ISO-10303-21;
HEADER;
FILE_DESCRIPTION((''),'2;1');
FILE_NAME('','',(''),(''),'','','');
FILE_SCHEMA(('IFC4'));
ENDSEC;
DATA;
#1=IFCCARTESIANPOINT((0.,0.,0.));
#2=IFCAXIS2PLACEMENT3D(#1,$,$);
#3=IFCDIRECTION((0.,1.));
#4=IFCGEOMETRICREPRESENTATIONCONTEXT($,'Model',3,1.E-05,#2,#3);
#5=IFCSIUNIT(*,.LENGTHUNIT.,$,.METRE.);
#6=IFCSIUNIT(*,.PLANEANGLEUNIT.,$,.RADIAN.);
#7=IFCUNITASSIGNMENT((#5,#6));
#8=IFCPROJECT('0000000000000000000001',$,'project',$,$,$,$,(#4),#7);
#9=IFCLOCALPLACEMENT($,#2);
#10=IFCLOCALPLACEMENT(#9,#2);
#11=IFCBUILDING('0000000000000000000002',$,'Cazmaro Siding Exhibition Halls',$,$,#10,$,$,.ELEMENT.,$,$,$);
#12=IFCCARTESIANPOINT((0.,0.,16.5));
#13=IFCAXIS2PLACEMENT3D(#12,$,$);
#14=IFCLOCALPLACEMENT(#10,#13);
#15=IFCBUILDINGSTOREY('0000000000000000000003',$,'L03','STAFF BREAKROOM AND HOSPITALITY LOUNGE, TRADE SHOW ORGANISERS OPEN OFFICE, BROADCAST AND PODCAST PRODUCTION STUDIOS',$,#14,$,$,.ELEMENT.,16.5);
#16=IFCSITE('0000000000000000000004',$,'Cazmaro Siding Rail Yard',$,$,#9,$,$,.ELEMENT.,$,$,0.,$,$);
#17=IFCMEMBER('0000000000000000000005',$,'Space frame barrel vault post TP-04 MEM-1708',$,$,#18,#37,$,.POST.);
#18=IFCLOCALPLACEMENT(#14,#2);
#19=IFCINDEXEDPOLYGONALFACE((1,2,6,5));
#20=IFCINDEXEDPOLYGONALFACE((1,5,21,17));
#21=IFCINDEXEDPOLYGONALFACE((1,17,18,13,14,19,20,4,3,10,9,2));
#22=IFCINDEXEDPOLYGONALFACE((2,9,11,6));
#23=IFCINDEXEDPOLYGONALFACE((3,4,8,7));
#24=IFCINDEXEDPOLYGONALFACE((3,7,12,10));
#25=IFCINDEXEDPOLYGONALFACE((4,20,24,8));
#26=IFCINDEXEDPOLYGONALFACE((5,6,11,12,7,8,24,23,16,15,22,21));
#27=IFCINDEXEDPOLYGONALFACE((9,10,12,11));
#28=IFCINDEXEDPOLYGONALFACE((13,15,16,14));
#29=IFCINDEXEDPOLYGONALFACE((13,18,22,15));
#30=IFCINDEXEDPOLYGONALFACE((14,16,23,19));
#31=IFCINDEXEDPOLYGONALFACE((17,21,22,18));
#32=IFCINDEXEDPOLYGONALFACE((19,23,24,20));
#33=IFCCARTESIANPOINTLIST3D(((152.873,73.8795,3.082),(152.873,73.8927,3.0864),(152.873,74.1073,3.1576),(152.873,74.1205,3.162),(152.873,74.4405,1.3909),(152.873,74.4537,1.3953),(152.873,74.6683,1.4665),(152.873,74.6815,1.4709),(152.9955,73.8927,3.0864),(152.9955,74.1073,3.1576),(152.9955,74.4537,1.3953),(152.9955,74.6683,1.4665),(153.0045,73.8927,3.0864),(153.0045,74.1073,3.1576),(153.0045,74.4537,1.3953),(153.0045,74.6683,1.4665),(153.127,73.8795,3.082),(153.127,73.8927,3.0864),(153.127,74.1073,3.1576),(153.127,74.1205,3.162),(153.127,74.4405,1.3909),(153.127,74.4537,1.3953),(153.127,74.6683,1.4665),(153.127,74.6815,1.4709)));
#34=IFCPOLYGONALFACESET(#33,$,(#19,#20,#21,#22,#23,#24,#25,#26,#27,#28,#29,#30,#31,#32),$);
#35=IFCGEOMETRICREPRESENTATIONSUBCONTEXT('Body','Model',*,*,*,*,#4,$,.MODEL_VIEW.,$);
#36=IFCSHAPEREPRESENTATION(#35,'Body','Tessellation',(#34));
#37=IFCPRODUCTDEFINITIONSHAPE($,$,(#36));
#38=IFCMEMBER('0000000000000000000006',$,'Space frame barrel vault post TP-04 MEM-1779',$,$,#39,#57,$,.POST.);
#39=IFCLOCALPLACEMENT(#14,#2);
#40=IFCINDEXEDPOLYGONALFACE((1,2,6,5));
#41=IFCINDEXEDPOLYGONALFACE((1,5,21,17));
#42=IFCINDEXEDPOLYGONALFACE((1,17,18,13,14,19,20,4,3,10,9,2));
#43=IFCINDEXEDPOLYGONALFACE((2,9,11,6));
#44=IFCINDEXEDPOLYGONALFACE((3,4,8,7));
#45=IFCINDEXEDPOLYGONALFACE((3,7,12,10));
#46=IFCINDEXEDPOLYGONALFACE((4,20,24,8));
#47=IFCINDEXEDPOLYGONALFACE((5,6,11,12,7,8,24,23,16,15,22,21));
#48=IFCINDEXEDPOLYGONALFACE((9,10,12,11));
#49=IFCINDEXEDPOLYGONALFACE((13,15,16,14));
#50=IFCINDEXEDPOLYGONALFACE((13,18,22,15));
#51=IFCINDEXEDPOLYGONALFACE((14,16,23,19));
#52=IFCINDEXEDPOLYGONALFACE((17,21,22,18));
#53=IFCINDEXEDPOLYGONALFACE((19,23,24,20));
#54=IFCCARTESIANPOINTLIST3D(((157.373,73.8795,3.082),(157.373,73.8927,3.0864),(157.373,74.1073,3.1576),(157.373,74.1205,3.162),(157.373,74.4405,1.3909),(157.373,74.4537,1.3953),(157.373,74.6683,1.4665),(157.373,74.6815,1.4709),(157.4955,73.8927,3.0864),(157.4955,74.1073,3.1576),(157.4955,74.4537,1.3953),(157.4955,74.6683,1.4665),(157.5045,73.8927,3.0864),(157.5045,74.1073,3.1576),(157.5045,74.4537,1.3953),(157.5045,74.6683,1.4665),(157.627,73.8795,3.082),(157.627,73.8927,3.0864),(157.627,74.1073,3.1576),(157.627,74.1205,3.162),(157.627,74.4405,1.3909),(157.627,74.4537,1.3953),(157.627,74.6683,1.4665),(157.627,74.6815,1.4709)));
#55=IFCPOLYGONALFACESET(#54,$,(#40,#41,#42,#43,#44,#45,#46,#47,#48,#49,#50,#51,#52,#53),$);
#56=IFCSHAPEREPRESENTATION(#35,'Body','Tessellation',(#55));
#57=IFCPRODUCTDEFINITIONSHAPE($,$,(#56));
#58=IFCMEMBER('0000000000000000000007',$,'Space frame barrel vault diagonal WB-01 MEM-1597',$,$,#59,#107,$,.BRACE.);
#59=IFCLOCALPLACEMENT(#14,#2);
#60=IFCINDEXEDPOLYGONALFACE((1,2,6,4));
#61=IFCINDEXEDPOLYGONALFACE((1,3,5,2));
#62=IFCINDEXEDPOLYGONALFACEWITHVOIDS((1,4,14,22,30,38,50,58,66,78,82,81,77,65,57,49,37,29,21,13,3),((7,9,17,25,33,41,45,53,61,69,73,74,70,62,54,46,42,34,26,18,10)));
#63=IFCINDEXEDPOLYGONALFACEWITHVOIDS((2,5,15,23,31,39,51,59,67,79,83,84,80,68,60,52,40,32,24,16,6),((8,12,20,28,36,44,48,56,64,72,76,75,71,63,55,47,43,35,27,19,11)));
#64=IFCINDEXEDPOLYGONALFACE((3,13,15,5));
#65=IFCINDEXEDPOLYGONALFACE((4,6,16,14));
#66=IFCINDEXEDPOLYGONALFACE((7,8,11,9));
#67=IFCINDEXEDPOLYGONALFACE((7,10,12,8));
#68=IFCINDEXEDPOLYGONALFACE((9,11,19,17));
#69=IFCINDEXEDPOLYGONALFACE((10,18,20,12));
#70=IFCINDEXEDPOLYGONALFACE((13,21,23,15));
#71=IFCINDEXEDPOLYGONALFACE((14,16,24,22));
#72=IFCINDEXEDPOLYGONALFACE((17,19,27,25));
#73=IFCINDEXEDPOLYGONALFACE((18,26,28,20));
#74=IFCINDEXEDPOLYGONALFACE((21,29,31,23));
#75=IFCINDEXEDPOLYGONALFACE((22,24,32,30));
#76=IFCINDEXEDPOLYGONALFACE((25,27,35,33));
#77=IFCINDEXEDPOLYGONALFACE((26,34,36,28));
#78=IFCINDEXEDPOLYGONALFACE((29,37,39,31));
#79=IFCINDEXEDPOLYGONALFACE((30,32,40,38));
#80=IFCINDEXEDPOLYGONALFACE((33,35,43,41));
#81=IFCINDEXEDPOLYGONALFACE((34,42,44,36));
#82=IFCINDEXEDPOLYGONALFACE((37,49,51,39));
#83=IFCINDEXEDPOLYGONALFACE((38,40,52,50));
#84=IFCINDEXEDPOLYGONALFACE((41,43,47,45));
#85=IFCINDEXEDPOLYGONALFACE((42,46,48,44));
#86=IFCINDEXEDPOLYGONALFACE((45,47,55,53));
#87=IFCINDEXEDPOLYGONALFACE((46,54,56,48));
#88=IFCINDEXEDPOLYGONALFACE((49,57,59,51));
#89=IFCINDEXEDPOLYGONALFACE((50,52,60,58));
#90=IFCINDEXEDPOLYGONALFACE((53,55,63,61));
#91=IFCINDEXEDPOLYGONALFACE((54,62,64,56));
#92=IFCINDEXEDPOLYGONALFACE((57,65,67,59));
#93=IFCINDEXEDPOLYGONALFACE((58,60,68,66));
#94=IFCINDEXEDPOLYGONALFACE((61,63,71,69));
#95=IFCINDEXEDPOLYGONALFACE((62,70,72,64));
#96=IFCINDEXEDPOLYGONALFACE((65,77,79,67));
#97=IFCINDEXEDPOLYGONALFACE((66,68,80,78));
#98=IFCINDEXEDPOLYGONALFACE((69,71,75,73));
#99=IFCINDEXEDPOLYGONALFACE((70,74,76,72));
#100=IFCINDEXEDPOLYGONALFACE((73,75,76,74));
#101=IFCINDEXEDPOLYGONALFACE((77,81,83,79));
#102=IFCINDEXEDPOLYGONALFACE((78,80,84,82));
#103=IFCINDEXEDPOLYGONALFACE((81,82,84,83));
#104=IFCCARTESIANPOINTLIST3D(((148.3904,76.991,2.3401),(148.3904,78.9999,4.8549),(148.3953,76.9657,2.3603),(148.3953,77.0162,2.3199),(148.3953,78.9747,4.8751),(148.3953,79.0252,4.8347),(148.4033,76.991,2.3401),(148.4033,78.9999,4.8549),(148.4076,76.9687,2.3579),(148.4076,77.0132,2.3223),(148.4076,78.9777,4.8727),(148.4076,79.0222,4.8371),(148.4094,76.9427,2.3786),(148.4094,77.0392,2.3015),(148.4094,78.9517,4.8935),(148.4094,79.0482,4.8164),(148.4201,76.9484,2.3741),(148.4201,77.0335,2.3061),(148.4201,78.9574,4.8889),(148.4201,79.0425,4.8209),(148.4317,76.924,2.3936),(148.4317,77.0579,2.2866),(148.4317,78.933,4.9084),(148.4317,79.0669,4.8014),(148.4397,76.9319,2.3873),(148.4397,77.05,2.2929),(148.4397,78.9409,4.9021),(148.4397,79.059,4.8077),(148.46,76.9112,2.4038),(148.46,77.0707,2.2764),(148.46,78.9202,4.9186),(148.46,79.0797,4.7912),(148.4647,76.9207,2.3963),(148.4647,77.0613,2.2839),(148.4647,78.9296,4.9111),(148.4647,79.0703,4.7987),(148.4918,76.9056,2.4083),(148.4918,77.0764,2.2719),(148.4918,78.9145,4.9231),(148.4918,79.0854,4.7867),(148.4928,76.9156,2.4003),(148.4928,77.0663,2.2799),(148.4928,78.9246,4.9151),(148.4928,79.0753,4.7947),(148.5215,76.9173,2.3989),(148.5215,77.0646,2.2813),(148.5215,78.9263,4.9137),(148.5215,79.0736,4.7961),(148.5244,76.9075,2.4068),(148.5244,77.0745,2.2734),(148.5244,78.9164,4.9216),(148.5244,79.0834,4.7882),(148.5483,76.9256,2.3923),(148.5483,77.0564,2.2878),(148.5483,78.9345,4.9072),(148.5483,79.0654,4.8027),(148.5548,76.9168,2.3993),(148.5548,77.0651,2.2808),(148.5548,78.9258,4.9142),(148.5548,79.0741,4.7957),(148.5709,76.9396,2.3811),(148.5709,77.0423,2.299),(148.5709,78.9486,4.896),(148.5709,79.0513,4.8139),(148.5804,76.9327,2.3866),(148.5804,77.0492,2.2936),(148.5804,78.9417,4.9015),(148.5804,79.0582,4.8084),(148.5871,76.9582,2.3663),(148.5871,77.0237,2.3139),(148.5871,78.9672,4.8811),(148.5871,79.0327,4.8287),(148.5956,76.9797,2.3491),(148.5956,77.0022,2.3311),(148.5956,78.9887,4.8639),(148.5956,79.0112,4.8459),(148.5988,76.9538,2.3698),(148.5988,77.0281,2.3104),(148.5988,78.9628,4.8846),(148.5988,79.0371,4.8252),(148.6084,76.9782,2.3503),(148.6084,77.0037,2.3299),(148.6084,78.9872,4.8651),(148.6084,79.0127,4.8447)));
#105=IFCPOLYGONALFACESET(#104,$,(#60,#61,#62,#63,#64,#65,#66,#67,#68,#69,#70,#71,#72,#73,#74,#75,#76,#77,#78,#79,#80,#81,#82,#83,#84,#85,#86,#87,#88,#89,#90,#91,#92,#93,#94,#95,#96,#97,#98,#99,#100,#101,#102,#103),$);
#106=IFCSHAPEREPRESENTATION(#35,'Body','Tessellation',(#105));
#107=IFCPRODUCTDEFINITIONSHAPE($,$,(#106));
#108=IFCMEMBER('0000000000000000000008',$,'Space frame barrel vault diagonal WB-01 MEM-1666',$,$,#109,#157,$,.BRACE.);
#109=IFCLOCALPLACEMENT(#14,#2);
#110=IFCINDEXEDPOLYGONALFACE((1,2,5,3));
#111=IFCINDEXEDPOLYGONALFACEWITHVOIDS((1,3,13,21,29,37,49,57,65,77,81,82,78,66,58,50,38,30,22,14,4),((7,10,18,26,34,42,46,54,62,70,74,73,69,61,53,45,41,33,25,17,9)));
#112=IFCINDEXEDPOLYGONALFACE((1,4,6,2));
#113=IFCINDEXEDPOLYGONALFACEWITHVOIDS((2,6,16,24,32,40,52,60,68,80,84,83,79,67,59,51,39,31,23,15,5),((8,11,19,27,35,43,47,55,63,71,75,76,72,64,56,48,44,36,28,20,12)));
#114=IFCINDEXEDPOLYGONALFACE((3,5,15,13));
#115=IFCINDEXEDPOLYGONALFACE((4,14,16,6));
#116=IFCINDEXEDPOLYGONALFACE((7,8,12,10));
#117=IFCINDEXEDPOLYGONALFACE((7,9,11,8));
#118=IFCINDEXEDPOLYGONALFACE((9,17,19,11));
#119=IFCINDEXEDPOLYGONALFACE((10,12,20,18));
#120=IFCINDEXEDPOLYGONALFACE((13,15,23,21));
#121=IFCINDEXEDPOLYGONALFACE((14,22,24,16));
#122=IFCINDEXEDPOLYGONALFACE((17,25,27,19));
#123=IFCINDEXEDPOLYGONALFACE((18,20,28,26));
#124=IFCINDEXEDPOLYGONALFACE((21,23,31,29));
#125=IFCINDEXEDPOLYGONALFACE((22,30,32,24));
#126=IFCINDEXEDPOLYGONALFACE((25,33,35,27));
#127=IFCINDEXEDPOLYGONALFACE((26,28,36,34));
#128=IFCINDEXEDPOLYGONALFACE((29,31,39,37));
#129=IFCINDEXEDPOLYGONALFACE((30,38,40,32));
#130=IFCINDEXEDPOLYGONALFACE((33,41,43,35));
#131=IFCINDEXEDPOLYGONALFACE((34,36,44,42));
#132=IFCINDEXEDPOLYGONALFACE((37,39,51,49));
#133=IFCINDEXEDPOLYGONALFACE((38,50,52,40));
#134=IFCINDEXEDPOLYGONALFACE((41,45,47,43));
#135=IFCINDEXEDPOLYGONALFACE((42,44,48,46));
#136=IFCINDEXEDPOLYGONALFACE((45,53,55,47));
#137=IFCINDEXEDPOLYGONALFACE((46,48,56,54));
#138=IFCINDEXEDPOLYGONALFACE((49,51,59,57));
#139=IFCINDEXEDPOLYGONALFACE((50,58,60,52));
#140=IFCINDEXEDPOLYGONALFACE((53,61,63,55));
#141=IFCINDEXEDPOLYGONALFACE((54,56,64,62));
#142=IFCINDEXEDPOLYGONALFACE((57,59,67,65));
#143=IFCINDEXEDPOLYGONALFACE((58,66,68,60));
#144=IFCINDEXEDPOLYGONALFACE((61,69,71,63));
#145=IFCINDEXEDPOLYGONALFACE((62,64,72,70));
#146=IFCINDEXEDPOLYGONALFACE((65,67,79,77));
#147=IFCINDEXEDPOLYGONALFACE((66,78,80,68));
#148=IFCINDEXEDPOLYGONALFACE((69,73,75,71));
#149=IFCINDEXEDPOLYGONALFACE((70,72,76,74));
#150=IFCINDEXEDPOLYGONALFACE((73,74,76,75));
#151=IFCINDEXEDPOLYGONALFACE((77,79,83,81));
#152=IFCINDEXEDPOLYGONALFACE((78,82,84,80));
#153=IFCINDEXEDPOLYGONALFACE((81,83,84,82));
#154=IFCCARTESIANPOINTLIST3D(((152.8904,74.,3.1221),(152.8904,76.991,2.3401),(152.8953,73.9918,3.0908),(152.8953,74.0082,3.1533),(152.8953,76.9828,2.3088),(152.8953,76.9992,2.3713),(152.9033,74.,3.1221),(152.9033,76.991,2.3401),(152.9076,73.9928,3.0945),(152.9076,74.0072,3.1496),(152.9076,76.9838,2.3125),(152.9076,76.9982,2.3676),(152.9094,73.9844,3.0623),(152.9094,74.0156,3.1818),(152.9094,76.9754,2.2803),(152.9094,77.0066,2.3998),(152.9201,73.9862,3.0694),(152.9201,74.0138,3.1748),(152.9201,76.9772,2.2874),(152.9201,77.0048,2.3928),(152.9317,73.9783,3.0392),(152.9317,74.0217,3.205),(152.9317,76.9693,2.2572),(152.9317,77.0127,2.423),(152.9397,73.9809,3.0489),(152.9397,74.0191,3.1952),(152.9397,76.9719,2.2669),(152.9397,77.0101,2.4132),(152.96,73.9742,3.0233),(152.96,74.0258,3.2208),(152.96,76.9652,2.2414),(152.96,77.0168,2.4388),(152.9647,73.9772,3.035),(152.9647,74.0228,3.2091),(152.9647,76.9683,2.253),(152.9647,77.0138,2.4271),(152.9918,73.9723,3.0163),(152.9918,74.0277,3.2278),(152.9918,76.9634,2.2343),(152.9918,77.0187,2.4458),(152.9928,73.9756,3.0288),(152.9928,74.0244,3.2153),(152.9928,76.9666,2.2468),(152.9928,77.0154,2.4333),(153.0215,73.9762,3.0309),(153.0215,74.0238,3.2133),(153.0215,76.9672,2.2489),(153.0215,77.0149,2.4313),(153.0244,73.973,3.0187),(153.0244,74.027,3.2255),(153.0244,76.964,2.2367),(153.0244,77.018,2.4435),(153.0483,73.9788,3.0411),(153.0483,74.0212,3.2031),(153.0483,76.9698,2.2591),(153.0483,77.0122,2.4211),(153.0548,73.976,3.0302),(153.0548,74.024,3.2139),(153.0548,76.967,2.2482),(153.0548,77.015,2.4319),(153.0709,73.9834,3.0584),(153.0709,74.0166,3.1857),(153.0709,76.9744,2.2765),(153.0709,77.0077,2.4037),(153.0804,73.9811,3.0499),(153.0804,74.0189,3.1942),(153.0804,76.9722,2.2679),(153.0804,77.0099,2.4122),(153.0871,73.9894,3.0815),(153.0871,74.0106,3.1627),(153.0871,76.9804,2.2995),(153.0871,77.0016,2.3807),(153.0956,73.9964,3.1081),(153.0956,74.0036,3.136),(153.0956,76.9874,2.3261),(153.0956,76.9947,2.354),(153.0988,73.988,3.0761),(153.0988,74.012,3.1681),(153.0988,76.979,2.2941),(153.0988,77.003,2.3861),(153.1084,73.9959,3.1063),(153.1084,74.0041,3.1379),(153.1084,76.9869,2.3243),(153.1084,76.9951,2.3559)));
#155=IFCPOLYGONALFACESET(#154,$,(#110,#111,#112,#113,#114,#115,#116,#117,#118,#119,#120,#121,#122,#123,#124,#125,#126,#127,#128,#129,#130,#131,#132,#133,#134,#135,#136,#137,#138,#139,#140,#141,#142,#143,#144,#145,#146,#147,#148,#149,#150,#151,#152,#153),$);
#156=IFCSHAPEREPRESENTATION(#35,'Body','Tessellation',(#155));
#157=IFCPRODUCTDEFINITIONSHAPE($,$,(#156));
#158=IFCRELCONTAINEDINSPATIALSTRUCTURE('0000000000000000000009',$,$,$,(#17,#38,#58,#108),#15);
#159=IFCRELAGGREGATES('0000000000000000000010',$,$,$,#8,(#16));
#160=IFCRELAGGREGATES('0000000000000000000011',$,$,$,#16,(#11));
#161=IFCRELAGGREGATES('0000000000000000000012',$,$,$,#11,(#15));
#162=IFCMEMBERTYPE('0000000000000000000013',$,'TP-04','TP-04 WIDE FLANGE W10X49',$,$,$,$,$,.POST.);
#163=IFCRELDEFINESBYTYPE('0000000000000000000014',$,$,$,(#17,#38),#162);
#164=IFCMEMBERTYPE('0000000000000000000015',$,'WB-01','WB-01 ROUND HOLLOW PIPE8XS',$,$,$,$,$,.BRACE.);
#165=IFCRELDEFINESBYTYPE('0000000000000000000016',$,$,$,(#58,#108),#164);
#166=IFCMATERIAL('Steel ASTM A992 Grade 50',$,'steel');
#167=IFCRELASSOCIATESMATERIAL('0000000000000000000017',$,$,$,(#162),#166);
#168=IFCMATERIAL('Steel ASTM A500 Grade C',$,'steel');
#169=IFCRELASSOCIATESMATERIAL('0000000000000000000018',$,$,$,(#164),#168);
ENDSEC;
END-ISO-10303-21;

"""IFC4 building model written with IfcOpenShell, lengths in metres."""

from ifc_helpers import new_model, si_unit, direction, frame, origin, origin_2d, place, context, subcontext, project, spatial, hollow_circle, i_section, extrude, material, material_profile, profile_set, type_object, element, save


model = new_model("IFC4")

# Units and contexts
model_context = context("Model", 3, precision=1e-05, world=origin(), true_north=direction((0.0, 1.0)))
body_context = subcontext(model_context, "Body", "Model", "MODEL_VIEW")
ifc_project = project(units=[si_unit("LENGTHUNIT", "METRE"), si_unit("PLANEANGLEUNIT", "RADIAN")], contexts=[model_context])

# Site, building, storey
site_placement = place(None, origin())
site = spatial("IfcSite", under=ifc_project, at=site_placement, Name="Cazmaro Siding Rail Yard", CompositionType="ELEMENT", RefElevation=0.0)
building_placement = place(site_placement, origin())
building = spatial("IfcBuilding", under=site, at=building_placement, Name="Cazmaro Siding Exhibition Halls", CompositionType="ELEMENT")
storey_placement = place(building_placement, frame((0.0, 0.0, 16.5)))
storey = spatial("IfcBuildingStorey", under=building, at=storey_placement, Name="L03", Description="STAFF BREAKROOM AND HOSPITALITY LOUNGE, TRADE SHOW ORGANISERS OPEN OFFICE, BROADCAST AND PODCAST PRODUCTION STUDIOS", CompositionType="ELEMENT", Elevation=16.5)

# Members
ifc_material_1 = material(Name="Steel ASTM A992 Grade 50", Category="steel")
ifc_material_profile_1 = material_profile(ifc_material_1, i_section(OverallWidth=0.2539, OverallDepth=0.2539, WebThickness=0.009, FlangeThickness=0.0139, at=origin_2d()), Name="W10X49")
ifc_profile_set_1 = profile_set([ifc_material_profile_1], Name="Steel ASTM A992 Grade 50")
member_type_1 = type_object("IfcMemberType", Name="TP-04", Description="TP-04 WIDE FLANGE W10X49", PredefinedType="POST", material=ifc_profile_set_1)
for number, where, z_axis, x_axis, name in (
    (1, (153.0, 74.561, 1.4309), (0.0, -0.314871, 0.949134), (1.0, 0.0, 0.0), "Space frame barrel vault post TP-04 MEM-1708"),
    (2, (157.5, 74.561, 1.4309), (0.0, -0.314871, 0.949134), (1.0, 0.0, 0.0), "Space frame barrel vault post TP-04 MEM-1779"),
):
    element("IfcMember", number, at=place(storey_placement, frame(where, z_axis=z_axis, x_axis=x_axis)), inside=storey, type_object=member_type_1, Name=name, PredefinedType="POST", context=body_context, shape_type="SweptSolid", body=[
        extrude(i_section(OverallWidth=0.2539, OverallDepth=0.2539, WebThickness=0.009, FlangeThickness=0.0139, at=origin_2d()), origin(), (0.0, 0.0, 1.0), 1.7817),
    ])
ifc_material_2 = material(Name="Steel ASTM A500 Grade C", Category="steel")
ifc_material_profile_2 = material_profile(ifc_material_2, hollow_circle(Radius=0.1096, WallThickness=0.0129, at=origin_2d()), Name="PIPE8XS")
ifc_profile_set_2 = profile_set([ifc_material_profile_2], Name="Steel ASTM A500 Grade C")
member_type_2 = type_object("IfcMemberType", Name="WB-01", Description="WB-01 ROUND HOLLOW PIPE8XS", PredefinedType="BRACE", material=ifc_profile_set_2)
member_1_placement = place(storey_placement, frame((148.5, 76.991, 2.3401), z_axis=(0.0, 0.624149, 0.781305), x_axis=(-1.0, 0.0, 0.0)))
element("IfcMember", 3, at=member_1_placement, inside=storey, type_object=member_type_2, Name="Space frame barrel vault diagonal WB-01 MEM-1597", PredefinedType="BRACE", context=body_context, shape_type="SweptSolid", body=[
    extrude(hollow_circle(Radius=0.1096, WallThickness=0.0129, at=origin_2d()), origin(), (0.0, 0.0, 1.0), 3.2188),
])
member_2_placement = place(storey_placement, frame((153.0, 74.0, 3.1221), z_axis=(0.0, 0.96748, -0.252946), x_axis=(-1.0, 0.0, 0.0)))
element("IfcMember", 4, at=member_2_placement, inside=storey, type_object=member_type_2, Name="Space frame barrel vault diagonal WB-01 MEM-1666", PredefinedType="BRACE", context=body_context, shape_type="SweptSolid", body=[
    extrude(hollow_circle(Radius=0.1096, WallThickness=0.0129, at=origin_2d()), origin(), (0.0, 0.0, 1.0), 3.0916),
])

save(model, "model.ifc")
